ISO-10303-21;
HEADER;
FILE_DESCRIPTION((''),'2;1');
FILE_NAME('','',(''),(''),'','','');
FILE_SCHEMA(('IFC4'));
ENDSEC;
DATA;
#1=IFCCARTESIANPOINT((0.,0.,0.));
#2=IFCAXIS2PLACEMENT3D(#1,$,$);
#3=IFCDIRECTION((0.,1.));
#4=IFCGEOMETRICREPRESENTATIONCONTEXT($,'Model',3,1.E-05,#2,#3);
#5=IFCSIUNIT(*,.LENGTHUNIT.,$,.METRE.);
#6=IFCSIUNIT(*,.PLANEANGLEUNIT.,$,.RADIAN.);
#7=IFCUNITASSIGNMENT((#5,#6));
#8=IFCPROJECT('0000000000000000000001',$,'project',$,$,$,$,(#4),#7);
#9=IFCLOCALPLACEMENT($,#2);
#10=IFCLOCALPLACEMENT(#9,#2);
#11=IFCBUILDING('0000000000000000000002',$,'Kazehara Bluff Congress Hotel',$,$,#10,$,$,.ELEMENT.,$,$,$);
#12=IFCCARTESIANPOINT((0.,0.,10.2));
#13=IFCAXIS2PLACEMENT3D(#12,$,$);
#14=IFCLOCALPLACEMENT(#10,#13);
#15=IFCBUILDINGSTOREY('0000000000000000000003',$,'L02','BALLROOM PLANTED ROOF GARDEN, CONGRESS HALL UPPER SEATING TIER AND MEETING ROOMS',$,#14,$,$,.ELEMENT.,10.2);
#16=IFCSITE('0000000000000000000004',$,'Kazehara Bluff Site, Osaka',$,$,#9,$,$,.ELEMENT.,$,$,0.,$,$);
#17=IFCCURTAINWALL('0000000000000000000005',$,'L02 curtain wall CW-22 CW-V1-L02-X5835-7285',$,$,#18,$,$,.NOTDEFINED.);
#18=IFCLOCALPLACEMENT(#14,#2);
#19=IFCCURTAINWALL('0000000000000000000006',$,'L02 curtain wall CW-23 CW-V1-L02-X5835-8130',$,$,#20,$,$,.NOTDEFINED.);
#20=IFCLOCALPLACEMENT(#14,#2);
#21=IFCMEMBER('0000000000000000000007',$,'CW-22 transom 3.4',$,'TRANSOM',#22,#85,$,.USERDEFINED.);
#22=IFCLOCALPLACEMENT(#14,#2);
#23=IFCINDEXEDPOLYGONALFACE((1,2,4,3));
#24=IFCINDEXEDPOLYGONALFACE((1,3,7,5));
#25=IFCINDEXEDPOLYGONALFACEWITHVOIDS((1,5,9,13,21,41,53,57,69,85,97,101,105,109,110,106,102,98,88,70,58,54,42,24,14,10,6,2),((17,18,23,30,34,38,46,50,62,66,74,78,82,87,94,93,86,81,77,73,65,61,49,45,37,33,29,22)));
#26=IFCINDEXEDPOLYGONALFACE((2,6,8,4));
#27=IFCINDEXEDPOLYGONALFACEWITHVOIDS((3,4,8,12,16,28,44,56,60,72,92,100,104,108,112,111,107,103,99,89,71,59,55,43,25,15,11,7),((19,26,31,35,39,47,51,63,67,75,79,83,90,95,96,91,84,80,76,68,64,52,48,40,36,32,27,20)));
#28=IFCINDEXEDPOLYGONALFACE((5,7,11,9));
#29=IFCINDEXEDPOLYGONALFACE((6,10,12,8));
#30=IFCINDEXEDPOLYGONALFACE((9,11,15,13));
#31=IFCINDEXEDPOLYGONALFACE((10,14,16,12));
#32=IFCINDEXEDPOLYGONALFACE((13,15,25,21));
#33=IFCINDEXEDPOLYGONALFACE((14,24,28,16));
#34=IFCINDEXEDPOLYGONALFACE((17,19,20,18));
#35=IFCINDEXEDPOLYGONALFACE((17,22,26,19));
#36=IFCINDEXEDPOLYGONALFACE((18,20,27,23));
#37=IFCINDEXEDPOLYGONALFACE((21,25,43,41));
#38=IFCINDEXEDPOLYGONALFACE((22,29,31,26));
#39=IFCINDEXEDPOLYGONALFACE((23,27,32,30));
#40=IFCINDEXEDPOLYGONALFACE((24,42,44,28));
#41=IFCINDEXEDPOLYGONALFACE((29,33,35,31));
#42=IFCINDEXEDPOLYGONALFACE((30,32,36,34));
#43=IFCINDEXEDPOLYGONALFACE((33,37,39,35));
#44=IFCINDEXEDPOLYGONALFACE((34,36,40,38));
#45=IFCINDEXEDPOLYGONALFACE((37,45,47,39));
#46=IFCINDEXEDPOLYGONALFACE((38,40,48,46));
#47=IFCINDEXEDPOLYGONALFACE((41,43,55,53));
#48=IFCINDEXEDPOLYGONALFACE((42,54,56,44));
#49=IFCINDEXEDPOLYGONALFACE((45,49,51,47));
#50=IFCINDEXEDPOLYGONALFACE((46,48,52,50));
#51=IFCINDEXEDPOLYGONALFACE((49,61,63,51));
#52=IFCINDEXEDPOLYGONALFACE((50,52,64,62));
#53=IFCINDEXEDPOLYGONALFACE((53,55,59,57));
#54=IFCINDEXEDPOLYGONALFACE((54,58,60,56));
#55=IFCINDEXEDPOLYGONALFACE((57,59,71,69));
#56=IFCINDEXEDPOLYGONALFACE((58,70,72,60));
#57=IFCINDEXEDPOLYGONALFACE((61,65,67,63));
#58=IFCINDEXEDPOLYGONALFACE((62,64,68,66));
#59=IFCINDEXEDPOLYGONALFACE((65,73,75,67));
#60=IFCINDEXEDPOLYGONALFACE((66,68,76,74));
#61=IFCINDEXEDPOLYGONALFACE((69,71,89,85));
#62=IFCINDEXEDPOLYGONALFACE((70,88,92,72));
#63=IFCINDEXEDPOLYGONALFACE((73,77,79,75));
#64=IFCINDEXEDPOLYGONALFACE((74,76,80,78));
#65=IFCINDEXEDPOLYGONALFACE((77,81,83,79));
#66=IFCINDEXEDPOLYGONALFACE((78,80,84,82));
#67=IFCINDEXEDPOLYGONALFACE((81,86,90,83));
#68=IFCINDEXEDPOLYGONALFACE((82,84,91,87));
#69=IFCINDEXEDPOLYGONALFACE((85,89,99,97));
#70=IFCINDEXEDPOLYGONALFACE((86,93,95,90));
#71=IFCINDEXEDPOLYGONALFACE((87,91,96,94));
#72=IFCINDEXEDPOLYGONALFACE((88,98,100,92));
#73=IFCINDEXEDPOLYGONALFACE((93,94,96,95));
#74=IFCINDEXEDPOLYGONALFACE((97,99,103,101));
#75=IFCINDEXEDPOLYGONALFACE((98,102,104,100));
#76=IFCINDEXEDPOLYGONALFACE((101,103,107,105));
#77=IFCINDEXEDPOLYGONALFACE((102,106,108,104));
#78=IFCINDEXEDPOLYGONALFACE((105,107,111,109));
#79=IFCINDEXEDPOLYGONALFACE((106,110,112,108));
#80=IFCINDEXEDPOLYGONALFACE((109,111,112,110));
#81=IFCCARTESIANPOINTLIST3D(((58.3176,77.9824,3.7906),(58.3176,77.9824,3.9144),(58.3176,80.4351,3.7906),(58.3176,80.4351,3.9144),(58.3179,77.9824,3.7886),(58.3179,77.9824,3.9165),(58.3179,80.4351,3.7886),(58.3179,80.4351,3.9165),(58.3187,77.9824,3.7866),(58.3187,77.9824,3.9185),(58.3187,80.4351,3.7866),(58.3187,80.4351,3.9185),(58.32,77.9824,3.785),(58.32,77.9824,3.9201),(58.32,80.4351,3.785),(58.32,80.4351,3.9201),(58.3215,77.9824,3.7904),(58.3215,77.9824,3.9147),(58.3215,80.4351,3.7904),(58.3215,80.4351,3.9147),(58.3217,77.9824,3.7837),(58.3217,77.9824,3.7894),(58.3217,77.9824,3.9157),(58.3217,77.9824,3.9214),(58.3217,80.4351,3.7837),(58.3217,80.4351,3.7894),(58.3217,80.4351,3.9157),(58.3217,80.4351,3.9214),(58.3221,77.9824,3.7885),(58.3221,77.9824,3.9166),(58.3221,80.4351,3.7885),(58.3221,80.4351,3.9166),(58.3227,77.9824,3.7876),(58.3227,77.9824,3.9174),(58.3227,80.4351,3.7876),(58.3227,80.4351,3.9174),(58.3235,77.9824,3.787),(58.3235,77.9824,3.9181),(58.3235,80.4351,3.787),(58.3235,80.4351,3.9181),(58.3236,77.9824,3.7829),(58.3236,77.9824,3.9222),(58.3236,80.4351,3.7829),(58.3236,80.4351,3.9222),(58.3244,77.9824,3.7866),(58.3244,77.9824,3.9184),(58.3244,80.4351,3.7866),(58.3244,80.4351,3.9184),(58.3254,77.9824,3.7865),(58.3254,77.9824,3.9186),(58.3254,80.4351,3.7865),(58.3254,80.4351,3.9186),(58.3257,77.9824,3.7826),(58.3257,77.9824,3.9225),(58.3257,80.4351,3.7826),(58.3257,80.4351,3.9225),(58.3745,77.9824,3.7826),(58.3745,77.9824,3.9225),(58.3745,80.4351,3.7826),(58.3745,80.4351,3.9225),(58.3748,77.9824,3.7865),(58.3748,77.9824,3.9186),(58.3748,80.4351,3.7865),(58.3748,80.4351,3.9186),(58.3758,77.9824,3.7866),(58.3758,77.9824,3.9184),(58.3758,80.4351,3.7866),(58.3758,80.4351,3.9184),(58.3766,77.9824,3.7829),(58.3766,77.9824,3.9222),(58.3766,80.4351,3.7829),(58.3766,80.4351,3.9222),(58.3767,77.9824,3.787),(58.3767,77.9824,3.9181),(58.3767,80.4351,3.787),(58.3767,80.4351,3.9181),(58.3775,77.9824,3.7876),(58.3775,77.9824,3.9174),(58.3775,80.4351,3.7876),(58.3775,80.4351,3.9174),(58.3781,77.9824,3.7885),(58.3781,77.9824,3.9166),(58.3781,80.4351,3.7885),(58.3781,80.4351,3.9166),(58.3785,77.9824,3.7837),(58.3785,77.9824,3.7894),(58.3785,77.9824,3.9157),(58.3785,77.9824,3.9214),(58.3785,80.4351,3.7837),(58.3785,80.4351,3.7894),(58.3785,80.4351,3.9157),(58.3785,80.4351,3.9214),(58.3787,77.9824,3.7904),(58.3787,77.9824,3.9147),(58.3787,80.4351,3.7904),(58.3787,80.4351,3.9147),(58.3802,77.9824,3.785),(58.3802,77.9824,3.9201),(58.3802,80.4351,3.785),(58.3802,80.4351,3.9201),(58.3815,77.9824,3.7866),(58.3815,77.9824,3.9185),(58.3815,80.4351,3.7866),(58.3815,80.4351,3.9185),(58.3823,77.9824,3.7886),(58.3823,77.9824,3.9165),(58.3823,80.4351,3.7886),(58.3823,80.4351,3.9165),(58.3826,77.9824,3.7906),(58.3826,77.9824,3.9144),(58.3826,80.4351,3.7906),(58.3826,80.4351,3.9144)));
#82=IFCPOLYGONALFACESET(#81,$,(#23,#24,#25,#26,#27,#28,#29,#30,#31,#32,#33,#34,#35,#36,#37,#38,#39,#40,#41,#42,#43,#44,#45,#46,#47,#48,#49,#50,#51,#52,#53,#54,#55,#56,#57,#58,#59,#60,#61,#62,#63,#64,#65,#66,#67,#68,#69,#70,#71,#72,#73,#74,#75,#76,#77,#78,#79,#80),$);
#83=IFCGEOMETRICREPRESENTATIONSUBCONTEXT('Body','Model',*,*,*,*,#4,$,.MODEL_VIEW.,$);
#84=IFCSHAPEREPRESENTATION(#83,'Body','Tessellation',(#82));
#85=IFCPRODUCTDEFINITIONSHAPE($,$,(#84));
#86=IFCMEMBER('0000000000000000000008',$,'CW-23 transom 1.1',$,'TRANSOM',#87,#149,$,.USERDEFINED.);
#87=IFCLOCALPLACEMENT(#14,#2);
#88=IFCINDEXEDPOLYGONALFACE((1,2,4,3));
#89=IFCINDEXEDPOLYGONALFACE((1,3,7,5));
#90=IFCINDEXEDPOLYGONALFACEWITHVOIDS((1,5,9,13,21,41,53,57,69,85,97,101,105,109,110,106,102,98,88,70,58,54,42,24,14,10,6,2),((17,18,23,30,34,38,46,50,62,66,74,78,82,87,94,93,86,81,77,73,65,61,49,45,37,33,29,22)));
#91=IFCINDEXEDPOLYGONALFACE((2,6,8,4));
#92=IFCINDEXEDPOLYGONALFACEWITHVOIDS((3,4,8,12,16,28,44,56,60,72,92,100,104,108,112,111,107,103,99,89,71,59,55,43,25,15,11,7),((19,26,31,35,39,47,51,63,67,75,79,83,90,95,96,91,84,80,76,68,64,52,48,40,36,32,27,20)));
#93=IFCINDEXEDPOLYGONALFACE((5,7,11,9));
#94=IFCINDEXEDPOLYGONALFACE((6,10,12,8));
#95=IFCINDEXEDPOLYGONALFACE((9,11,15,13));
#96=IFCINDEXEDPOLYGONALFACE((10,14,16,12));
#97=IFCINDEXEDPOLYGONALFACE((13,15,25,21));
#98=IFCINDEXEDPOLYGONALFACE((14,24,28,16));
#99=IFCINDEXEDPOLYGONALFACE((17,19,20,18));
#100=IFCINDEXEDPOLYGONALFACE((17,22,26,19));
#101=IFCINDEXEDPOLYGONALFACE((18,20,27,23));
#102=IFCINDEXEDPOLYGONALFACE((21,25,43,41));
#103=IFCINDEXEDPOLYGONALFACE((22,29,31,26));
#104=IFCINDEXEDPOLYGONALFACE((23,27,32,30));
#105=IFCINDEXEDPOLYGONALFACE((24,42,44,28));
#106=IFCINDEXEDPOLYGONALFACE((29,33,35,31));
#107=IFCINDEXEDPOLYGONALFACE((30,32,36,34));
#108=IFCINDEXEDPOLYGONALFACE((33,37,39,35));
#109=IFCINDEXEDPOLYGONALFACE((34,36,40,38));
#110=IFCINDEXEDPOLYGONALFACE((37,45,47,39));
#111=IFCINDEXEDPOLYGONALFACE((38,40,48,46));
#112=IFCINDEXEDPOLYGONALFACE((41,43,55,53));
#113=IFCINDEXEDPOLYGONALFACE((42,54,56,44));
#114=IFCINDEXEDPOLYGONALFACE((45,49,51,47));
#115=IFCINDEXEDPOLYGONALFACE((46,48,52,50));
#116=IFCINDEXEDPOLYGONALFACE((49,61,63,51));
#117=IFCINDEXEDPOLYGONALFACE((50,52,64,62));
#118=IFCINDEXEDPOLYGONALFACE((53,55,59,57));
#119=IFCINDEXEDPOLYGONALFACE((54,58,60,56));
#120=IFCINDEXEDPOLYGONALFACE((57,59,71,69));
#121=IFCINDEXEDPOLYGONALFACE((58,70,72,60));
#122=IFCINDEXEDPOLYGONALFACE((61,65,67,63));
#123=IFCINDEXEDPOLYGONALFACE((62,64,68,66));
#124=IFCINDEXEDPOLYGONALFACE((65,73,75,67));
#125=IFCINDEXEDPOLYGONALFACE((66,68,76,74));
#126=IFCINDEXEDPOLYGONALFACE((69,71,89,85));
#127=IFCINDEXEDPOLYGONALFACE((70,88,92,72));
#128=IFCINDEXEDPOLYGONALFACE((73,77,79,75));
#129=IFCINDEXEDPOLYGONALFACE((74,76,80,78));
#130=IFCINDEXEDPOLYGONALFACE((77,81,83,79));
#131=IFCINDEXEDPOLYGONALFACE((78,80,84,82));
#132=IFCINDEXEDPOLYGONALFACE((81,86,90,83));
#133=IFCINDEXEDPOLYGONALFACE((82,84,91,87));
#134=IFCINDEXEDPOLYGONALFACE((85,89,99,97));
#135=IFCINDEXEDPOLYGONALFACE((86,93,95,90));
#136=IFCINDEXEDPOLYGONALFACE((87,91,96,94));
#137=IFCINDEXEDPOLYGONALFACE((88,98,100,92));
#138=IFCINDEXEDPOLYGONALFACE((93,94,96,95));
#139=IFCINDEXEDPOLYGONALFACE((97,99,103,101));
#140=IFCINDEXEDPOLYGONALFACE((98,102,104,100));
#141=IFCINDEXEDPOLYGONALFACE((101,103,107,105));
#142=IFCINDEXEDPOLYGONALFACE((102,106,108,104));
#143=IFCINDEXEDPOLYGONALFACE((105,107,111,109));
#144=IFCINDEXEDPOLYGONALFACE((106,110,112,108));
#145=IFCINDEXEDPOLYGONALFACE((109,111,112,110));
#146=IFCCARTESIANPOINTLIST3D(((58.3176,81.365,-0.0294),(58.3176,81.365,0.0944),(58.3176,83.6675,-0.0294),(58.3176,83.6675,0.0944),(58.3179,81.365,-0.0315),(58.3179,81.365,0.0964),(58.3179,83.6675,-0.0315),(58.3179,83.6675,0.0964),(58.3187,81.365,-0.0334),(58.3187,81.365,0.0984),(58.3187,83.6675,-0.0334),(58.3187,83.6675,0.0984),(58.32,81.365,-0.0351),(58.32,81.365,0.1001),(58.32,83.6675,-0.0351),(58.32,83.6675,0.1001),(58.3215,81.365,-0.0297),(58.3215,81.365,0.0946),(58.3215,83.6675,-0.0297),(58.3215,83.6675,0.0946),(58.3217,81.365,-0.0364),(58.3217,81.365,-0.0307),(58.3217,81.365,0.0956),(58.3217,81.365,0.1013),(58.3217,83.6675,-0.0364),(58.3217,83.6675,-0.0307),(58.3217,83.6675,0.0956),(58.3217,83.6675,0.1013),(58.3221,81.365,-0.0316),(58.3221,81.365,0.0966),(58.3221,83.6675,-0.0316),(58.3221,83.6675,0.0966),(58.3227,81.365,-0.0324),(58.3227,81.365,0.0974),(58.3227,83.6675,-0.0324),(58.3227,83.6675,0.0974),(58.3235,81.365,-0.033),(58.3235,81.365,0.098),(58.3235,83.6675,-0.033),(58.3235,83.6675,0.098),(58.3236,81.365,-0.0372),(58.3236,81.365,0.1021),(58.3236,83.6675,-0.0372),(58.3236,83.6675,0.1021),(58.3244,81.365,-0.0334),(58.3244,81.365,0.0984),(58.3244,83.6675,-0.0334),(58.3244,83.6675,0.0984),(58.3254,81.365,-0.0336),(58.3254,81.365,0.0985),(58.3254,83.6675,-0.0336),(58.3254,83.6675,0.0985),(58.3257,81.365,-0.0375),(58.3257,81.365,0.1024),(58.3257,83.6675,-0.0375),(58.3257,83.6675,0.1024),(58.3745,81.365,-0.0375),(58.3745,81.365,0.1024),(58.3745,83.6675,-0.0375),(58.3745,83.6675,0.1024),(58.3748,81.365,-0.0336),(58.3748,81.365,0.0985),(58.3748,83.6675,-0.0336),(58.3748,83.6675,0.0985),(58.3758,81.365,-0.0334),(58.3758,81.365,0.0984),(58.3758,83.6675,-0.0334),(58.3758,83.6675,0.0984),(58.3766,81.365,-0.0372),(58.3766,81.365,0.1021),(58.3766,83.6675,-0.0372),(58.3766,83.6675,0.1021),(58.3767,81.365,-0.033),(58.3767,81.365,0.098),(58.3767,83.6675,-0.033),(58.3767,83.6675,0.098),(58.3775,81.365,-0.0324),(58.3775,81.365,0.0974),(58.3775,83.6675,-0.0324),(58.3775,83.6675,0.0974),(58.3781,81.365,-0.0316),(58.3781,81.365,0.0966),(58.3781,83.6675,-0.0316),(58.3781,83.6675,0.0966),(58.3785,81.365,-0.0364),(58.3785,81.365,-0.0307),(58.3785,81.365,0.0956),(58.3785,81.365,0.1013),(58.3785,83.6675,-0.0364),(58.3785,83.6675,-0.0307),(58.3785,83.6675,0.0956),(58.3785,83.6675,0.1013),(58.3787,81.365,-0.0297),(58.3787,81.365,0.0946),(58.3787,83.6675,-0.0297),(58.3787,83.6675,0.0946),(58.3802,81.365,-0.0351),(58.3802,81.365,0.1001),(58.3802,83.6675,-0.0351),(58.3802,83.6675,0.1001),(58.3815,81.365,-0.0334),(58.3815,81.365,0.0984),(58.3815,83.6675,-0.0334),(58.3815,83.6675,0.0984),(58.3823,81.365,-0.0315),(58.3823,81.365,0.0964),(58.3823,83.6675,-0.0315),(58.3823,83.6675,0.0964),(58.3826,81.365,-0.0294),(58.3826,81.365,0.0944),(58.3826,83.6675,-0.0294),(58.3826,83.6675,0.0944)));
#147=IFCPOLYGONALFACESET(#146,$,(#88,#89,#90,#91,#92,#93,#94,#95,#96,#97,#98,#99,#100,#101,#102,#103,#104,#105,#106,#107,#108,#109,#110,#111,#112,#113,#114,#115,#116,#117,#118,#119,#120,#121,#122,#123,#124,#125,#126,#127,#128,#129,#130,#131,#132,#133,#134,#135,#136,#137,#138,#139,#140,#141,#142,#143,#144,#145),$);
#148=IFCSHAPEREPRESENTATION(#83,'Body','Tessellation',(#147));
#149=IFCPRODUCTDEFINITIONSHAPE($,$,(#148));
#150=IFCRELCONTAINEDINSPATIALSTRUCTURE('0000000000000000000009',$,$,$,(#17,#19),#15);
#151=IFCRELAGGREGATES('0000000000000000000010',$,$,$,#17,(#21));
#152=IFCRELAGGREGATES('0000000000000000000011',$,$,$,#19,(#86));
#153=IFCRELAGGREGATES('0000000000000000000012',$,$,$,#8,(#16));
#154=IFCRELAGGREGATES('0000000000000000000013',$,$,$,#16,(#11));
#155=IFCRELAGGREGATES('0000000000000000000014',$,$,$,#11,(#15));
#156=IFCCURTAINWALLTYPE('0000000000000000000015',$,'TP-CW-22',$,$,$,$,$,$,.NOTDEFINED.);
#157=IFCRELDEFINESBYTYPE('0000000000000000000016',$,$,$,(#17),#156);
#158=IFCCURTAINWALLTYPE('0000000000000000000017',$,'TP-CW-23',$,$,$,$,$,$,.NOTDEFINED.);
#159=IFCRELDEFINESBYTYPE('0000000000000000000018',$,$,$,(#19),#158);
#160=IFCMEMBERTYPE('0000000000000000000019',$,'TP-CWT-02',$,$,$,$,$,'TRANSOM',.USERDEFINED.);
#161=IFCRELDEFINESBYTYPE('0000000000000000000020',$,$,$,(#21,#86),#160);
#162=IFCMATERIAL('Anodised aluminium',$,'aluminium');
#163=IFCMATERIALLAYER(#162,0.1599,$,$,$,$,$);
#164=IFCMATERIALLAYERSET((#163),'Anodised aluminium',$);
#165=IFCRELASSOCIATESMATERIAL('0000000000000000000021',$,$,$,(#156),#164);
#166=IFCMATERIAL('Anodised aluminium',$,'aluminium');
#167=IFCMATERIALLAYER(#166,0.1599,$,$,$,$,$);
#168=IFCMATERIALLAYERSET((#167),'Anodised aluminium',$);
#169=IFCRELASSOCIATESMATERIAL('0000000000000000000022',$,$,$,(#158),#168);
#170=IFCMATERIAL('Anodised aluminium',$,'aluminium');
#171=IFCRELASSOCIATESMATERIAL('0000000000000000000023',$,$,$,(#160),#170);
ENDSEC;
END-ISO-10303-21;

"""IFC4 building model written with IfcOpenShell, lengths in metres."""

from ifc_helpers import new_model, si_unit, direction, frame, origin, origin_2d, place, context, subcontext, project, spatial, hollow_rectangle, extrude, material, layer, layer_set, material_profile, profile_set, type_object, element, aggregate, save


model = new_model("IFC4")

# Units and contexts
model_context = context("Model", 3, precision=1e-05, world=origin(), true_north=direction((0.0, 1.0)))
body_context = subcontext(model_context, "Body", "Model", "MODEL_VIEW")
ifc_project = project(units=[si_unit("LENGTHUNIT", "METRE"), si_unit("PLANEANGLEUNIT", "RADIAN")], contexts=[model_context])

# Site, building, storey
site_placement = place(None, origin())
site = spatial("IfcSite", under=ifc_project, at=site_placement, Name="Kazehara Bluff Site, Osaka", CompositionType="ELEMENT", RefElevation=0.0)
building_placement = place(site_placement, origin())
building = spatial("IfcBuilding", under=site, at=building_placement, Name="Kazehara Bluff Congress Hotel", CompositionType="ELEMENT")
storey_placement = place(building_placement, frame((0.0, 0.0, 10.2)))
storey = spatial("IfcBuildingStorey", under=building, at=storey_placement, Name="L02", Description="BALLROOM PLANTED ROOF GARDEN, CONGRESS HALL UPPER SEATING TIER AND MEETING ROOMS", CompositionType="ELEMENT", Elevation=10.2)

# Curtain walls
ifc_material_1 = material(Name="Anodised aluminium", Category="aluminium")
ifc_layer_1 = layer(ifc_material_1, 0.1599)
ifc_layer_set_1 = layer_set([ifc_layer_1], Name="Anodised aluminium")
curtain_wall_type_1 = type_object("IfcCurtainWallType", Name="TP-CW-22", PredefinedType="NOTDEFINED", material=ifc_layer_set_1)
curtain_wall_1_placement = place(storey_placement, origin())
curtain_wall_1 = element("IfcCurtainWall", 1, at=curtain_wall_1_placement, inside=storey, type_object=curtain_wall_type_1, Name="L02 curtain wall CW-22 CW-V1-L02-X5835-7285", PredefinedType="NOTDEFINED")
ifc_material_2 = material(Name="Anodised aluminium", Category="aluminium")
ifc_layer_2 = layer(ifc_material_2, 0.1599)
ifc_layer_set_2 = layer_set([ifc_layer_2], Name="Anodised aluminium")
curtain_wall_type_2 = type_object("IfcCurtainWallType", Name="TP-CW-23", PredefinedType="NOTDEFINED", material=ifc_layer_set_2)
curtain_wall_2_placement = place(storey_placement, origin())
curtain_wall_2 = element("IfcCurtainWall", 2, at=curtain_wall_2_placement, inside=storey, type_object=curtain_wall_type_2, Name="L02 curtain wall CW-23 CW-V1-L02-X5835-8130", PredefinedType="NOTDEFINED")

# Members
ifc_material_3 = material(Name="Anodised aluminium", Category="aluminium")
ifc_material_profile_1 = material_profile(ifc_material_3, hollow_rectangle(XDim=0.0649, YDim=0.1399, WallThickness=0.0039, InnerFilletRadius=0.0039, OuterFilletRadius=0.0081, at=origin_2d()))
ifc_profile_set_1 = profile_set([ifc_material_profile_1], Name="Anodised aluminium")
member_type_1 = type_object("IfcMemberType", Name="TP-CWT-02", ElementType="TRANSOM", PredefinedType="USERDEFINED", material=ifc_profile_set_1)
member_1_placement = place(storey_placement, frame((58.3501, 77.9824, 3.8525), z_axis=(0.0, 1.0, 0.0), x_axis=(-1.0, 0.0, 0.0)))
member_1 = element("IfcMember", 3, at=member_1_placement, type_object=member_type_1, Name="CW-22 transom 3.4", ObjectType="TRANSOM", PredefinedType="USERDEFINED", context=body_context, shape_type="SweptSolid", body=[
    extrude(hollow_rectangle(XDim=0.0649, YDim=0.1399, WallThickness=0.0039, InnerFilletRadius=0.0039, OuterFilletRadius=0.0081, at=origin_2d()), origin(), (0.0, 0.0, 1.0), 2.4526),
])
member_2_placement = place(storey_placement, frame((58.3501, 81.365, 0.0325), z_axis=(0.0, 1.0, 0.0), x_axis=(-1.0, 0.0, 0.0)))
member_2 = element("IfcMember", 4, at=member_2_placement, type_object=member_type_1, Name="CW-23 transom 1.1", ObjectType="TRANSOM", PredefinedType="USERDEFINED", context=body_context, shape_type="SweptSolid", body=[
    extrude(hollow_rectangle(XDim=0.0649, YDim=0.1399, WallThickness=0.0039, InnerFilletRadius=0.0039, OuterFilletRadius=0.0081, at=origin_2d()), origin(), (0.0, 0.0, 1.0), 2.3025),
])

aggregate(curtain_wall_1, [member_1])
aggregate(curtain_wall_2, [member_2])

save(model, "model.ifc")
